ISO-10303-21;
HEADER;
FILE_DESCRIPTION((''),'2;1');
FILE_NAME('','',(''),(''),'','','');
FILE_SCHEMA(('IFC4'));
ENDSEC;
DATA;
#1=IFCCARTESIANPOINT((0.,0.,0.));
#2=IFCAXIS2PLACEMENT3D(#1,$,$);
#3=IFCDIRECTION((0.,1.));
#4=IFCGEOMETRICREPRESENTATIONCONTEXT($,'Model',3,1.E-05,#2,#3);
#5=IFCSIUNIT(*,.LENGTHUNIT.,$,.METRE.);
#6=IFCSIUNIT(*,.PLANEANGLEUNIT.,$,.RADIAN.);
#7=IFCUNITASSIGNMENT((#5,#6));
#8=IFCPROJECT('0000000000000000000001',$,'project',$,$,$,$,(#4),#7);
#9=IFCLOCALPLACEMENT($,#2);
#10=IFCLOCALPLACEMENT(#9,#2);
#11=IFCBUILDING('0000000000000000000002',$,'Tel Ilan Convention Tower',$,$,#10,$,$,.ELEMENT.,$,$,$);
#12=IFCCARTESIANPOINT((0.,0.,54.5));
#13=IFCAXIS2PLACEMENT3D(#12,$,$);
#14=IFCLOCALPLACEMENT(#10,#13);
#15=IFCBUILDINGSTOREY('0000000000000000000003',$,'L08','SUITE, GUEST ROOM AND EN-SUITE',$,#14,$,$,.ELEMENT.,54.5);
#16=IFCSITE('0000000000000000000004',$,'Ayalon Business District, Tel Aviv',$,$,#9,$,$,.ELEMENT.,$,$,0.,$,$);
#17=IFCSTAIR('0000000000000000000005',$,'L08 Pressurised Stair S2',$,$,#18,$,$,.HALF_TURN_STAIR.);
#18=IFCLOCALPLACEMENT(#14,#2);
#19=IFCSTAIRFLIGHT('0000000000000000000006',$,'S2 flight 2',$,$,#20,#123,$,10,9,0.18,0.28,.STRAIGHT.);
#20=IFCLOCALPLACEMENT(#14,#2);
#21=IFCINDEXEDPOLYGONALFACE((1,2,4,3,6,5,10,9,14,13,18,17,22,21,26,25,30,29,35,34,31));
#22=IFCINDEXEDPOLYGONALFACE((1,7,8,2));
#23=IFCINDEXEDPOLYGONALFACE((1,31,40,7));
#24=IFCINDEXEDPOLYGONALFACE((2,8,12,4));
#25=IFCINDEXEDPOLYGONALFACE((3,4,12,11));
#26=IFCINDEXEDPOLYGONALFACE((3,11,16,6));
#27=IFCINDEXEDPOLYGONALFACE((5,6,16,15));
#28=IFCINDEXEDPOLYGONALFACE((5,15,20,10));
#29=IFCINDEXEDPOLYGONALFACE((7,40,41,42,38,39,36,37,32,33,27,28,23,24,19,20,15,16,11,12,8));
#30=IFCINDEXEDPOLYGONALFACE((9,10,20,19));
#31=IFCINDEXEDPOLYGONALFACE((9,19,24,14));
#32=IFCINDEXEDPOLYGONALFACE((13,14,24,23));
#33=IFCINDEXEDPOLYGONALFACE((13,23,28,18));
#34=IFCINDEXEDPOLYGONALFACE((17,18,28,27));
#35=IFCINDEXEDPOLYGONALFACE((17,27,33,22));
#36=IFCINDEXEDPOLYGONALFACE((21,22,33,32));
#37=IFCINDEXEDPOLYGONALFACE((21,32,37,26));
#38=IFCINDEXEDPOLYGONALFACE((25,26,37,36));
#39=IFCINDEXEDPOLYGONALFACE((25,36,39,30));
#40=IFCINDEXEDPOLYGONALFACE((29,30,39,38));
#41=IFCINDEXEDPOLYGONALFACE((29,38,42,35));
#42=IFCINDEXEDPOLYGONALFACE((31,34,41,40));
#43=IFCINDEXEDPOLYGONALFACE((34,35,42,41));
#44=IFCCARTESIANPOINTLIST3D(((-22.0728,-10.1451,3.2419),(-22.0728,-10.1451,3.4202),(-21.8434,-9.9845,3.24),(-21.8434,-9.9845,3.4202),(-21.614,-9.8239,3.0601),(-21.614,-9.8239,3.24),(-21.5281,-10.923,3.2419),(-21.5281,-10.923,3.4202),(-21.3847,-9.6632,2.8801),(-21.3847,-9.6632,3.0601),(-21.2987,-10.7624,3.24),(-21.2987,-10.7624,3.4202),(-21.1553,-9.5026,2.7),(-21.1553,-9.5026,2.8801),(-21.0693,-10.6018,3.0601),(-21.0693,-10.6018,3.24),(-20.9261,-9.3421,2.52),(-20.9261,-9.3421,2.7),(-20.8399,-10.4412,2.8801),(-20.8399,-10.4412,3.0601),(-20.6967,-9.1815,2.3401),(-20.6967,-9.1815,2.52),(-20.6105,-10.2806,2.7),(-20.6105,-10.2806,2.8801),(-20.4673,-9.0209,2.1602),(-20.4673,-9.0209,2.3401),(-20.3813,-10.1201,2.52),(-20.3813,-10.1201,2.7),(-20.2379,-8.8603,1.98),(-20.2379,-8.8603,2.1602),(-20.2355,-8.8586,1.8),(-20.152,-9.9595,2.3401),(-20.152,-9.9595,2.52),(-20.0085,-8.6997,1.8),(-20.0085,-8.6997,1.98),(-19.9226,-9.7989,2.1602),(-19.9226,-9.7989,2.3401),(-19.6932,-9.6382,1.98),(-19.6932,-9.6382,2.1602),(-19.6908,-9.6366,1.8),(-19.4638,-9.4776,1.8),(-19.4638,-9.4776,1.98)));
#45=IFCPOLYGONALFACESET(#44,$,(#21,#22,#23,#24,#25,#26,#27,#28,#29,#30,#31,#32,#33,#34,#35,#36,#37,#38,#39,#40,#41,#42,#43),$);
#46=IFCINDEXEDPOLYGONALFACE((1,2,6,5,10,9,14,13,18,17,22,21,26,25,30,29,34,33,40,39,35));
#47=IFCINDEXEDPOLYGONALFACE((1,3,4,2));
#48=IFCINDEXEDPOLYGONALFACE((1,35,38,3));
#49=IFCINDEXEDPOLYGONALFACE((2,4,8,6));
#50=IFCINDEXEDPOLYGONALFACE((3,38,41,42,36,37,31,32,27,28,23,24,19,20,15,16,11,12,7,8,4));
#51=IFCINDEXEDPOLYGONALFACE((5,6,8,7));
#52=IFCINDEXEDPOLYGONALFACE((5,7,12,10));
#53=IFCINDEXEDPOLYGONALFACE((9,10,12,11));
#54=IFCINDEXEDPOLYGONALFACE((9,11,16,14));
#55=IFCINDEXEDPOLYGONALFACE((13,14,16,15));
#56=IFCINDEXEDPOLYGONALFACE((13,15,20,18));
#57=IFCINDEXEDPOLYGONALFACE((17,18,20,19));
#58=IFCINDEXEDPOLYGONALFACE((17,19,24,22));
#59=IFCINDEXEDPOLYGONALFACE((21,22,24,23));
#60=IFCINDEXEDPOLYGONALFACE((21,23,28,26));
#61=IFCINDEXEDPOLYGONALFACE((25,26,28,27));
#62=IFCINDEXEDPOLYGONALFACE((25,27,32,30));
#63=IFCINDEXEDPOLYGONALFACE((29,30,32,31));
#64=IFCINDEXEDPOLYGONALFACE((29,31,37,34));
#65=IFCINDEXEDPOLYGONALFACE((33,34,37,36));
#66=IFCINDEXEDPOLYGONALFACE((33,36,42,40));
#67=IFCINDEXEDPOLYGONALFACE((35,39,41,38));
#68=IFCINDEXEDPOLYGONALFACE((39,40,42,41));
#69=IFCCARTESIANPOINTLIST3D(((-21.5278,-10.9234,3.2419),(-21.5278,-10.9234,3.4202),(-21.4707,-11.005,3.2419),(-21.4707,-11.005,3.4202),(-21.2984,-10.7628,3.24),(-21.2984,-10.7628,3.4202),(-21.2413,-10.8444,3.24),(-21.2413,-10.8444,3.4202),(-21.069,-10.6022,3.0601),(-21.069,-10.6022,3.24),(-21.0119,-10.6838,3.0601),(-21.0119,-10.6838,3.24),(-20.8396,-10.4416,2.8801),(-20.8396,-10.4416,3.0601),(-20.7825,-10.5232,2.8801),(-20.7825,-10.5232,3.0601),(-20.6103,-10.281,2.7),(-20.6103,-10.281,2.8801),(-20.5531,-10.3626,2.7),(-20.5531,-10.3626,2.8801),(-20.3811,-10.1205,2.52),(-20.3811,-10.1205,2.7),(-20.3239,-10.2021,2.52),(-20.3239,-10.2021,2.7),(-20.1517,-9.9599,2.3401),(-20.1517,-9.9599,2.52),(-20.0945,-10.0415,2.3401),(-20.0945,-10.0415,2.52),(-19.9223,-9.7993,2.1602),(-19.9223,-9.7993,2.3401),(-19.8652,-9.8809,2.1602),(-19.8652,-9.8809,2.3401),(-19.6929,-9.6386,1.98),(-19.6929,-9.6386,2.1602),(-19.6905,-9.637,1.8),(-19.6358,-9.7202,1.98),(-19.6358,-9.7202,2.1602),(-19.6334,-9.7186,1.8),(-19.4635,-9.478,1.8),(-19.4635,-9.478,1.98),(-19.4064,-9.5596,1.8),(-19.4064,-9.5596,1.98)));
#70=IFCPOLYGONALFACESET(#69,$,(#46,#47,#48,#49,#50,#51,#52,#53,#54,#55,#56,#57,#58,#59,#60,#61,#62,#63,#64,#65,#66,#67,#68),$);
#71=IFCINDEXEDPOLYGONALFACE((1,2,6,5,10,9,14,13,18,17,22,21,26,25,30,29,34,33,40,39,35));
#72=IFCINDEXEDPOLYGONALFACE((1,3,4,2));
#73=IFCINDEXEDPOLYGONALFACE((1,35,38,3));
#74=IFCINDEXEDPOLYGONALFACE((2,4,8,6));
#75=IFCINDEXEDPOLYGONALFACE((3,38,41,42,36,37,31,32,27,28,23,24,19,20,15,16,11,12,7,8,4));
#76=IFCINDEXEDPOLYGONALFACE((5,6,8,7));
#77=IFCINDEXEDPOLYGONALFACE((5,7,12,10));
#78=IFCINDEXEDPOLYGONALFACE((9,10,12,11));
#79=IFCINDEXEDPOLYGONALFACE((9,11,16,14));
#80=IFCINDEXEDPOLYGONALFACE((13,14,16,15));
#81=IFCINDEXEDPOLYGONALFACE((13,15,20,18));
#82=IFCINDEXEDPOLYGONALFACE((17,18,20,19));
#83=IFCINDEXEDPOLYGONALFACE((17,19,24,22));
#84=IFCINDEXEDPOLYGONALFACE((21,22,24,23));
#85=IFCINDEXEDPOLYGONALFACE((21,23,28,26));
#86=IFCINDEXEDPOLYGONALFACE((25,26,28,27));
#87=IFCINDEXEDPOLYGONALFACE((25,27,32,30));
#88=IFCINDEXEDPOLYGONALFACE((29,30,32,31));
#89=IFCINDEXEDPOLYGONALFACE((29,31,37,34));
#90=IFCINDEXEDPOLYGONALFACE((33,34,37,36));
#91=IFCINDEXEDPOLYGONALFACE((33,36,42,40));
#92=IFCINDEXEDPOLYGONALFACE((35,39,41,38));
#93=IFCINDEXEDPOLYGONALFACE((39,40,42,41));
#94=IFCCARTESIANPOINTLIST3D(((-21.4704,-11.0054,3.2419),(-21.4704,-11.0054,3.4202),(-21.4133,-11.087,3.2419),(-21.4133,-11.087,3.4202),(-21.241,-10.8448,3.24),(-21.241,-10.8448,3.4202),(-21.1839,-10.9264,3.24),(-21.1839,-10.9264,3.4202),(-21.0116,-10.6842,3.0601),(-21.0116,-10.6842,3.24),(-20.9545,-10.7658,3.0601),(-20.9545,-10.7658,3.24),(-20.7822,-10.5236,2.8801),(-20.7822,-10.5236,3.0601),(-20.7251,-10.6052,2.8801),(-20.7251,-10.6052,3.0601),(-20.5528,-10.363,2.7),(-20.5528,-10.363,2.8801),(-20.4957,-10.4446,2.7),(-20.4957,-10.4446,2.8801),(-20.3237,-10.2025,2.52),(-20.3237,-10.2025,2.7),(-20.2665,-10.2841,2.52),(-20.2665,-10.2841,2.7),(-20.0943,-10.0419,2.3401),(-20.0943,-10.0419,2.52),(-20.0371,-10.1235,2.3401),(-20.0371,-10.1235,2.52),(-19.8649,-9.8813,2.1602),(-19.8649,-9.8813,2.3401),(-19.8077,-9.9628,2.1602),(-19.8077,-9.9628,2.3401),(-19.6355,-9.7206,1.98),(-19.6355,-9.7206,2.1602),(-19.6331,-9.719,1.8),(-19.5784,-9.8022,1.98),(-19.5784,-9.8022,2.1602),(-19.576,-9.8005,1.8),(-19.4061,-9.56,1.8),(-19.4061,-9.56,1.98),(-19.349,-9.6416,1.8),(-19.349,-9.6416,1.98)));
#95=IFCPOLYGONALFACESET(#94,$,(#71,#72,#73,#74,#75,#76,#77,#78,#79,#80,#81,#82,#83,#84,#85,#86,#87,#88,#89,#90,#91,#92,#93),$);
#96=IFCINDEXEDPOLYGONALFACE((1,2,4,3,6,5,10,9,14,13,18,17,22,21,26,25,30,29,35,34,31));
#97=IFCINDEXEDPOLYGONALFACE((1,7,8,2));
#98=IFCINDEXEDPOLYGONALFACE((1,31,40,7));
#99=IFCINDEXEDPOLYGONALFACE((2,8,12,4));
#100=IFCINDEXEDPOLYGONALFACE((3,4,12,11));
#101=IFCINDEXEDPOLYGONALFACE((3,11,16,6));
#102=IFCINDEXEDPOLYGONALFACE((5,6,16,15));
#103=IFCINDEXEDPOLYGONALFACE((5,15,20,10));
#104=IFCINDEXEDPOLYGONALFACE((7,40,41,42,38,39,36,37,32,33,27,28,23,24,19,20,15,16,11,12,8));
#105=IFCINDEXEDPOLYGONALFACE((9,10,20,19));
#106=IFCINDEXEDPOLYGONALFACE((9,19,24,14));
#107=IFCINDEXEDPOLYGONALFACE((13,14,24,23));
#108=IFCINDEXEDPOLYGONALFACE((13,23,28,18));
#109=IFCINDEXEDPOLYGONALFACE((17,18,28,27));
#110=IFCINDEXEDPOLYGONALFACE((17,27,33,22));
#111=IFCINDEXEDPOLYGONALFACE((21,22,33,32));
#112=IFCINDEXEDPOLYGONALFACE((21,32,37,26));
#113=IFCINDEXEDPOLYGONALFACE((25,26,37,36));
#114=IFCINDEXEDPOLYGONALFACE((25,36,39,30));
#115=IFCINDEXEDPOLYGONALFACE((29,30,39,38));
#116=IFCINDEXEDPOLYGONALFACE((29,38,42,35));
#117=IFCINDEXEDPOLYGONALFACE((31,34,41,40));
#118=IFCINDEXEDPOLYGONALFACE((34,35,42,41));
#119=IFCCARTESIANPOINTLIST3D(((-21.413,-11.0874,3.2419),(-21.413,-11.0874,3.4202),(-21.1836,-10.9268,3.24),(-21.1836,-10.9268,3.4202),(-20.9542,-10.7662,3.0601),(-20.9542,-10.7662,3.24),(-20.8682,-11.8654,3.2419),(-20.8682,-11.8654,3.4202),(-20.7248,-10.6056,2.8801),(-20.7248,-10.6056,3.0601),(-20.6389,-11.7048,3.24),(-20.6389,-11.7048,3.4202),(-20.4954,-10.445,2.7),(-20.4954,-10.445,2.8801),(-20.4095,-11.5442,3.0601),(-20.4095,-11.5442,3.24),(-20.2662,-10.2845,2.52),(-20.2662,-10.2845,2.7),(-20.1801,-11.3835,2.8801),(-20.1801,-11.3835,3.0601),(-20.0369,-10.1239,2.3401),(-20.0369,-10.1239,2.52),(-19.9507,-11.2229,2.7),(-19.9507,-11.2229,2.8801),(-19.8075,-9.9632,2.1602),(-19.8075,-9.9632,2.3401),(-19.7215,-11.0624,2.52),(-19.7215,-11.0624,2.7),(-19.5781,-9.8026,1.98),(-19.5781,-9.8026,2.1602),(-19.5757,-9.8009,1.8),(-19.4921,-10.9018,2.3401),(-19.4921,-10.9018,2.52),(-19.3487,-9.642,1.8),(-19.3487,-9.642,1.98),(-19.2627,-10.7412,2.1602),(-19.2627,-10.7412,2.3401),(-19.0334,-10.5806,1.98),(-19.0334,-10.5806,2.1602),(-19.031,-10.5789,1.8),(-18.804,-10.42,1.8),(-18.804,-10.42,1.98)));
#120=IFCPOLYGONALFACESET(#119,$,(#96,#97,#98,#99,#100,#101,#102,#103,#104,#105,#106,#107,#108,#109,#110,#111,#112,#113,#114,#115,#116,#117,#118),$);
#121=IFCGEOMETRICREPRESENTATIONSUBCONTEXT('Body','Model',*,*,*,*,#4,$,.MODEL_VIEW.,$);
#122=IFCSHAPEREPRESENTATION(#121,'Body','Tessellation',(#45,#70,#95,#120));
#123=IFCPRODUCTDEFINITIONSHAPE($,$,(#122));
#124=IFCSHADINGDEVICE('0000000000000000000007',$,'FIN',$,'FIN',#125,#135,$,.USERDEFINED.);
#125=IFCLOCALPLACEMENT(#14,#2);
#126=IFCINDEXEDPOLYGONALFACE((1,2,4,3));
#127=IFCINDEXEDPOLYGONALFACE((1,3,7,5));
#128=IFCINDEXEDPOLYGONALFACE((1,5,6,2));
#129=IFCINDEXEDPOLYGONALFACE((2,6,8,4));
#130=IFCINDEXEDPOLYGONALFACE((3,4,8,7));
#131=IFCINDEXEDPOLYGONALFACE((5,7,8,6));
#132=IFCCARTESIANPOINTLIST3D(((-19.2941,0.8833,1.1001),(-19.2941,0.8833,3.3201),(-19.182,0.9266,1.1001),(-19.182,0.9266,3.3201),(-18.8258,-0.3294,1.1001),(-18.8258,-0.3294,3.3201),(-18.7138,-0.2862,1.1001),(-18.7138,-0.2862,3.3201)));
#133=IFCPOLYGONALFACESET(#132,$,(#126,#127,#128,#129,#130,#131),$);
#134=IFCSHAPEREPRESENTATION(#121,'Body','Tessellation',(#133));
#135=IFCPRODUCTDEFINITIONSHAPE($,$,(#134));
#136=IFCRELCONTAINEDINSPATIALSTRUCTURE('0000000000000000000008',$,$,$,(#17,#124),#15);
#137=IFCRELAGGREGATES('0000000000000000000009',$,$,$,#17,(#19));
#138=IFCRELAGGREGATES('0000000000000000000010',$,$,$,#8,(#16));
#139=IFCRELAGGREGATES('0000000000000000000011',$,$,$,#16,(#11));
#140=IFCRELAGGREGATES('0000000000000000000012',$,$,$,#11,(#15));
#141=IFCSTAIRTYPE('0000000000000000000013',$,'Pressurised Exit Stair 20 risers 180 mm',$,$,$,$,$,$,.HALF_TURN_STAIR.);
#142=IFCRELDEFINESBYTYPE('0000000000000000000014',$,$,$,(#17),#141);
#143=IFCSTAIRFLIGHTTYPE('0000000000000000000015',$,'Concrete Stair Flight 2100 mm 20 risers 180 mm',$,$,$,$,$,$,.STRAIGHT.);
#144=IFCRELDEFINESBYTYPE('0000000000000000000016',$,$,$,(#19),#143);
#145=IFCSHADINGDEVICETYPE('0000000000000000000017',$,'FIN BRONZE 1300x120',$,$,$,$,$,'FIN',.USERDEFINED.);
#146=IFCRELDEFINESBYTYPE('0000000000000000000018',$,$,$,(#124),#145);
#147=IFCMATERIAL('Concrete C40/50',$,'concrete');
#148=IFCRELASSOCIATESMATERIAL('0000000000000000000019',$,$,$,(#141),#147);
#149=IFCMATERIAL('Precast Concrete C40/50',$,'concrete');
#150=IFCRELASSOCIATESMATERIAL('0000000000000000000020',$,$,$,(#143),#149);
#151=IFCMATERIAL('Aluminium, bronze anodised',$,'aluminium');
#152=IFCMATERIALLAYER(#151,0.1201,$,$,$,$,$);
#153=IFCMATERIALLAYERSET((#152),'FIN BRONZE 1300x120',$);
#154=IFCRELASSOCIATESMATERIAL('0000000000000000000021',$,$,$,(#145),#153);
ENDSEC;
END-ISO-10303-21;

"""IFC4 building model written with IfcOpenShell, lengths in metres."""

from ifc_helpers import new_model, si_unit, direction, frame, origin, origin_2d, place, context, subcontext, project, spatial, polyline, rectangle, outline, extrude, material, layer, layer_set, type_object, element, aggregate, save


model = new_model("IFC4")

# Units and contexts
model_context = context("Model", 3, precision=1e-05, world=origin(), true_north=direction((0.0, 1.0)))
body_context = subcontext(model_context, "Body", "Model", "MODEL_VIEW")
ifc_project = project(units=[si_unit("LENGTHUNIT", "METRE"), si_unit("PLANEANGLEUNIT", "RADIAN")], contexts=[model_context])

# Site, building, storey
site_placement = place(None, origin())
site = spatial("IfcSite", under=ifc_project, at=site_placement, Name="Ayalon Business District, Tel Aviv", CompositionType="ELEMENT", RefElevation=0.0)
building_placement = place(site_placement, origin())
building = spatial("IfcBuilding", under=site, at=building_placement, Name="Tel Ilan Convention Tower", CompositionType="ELEMENT")
storey_placement = place(building_placement, frame((0.0, 0.0, 54.5)))
storey = spatial("IfcBuildingStorey", under=building, at=storey_placement, Name="L08", Description="SUITE, GUEST ROOM AND EN-SUITE", CompositionType="ELEMENT", Elevation=54.5)

# Shared definitions
ifc_material_1 = material(Name="Concrete C40/50", Category="concrete")
stair_type = type_object("IfcStairType", Name="Pressurised Exit Stair 20 risers 180 mm", PredefinedType="HALF_TURN_STAIR", material=ifc_material_1)
ifc_material_2 = material(Name="Precast Concrete C40/50", Category="concrete")
stair_flight_type = type_object("IfcStairFlightType", Name="Concrete Stair Flight 2100 mm 20 risers 180 mm", PredefinedType="STRAIGHT", material=ifc_material_2)

# Stair, stair flight
stair_1_placement = place(storey_placement, origin())
stair_1 = element("IfcStair", 1, at=stair_1_placement, inside=storey, type_object=stair_type, Name="L08 Pressurised Stair S2", PredefinedType="HALF_TURN_STAIR")
stair_flight_1_placement = place(storey_placement, frame((-19.4062, -9.5598, 1.8), z_axis=(0.0, 0.0, 1.0), x_axis=(-0.819152, -0.573576, 0.0)))
stair_flight_1 = element("IfcStairFlight", 2, at=stair_flight_1_placement, type_object=stair_flight_type, Name="S2 flight 2", NumberOfRisers=10, NumberOfTreads=9, PredefinedType="STRAIGHT", RiserHeight=0.18, TreadLength=0.28, context=body_context, shape_type="SweptSolid", body=[
    extrude(outline(polyline([(0.0, 0.0), (0.0, 0.1799), (0.28, 0.1799), (0.28, 0.3601), (0.5601, 0.3601), (0.5601, 0.54), (0.8401, 0.54), (0.8401, 0.72), (1.1201, 0.72), (1.1201, 0.8999), (1.3999, 0.8999), (1.3999, 1.0801), (1.6799, 1.0801), (1.6799, 1.26), (1.96, 1.26), (1.96, 1.4399), (2.24, 1.4399), (2.24, 1.6201), (2.52, 1.6201), (2.52, 1.8), (2.52, 1.4419), (0.2771, 0.0), (0.0, 0.0)])), frame((0.0, -0.1003, 0.0), z_axis=(0.0, -1.0, 0.0), x_axis=(1.0, 0.0, 0.0)), (0.0, 0.0, 1.0), 0.9497),
    extrude(outline(polyline([(0.0, 0.0), (0.0, 0.1799), (0.28, 0.1799), (0.28, 0.3601), (0.5601, 0.3601), (0.5601, 0.54), (0.8401, 0.54), (0.8401, 0.72), (1.1201, 0.72), (1.1201, 0.8999), (1.3999, 0.8999), (1.3999, 1.0801), (1.6799, 1.0801), (1.6799, 1.26), (1.96, 1.26), (1.96, 1.4399), (2.24, 1.4399), (2.24, 1.6201), (2.52, 1.6201), (2.52, 1.8), (2.52, 1.4419), (0.2771, 0.0), (0.0, 0.0)])), frame((0.0, -0.0002, 0.0), z_axis=(0.0, -1.0, 0.0), x_axis=(1.0, 0.0, 0.0)), (0.0, 0.0, 1.0), 0.0996),
    extrude(outline(polyline([(0.0, 0.0), (0.0, 0.1799), (0.28, 0.1799), (0.28, 0.3601), (0.5601, 0.3601), (0.5601, 0.54), (0.8401, 0.54), (0.8401, 0.72), (1.1201, 0.72), (1.1201, 0.8999), (1.3999, 0.8999), (1.3999, 1.0801), (1.6799, 1.0801), (1.6799, 1.26), (1.96, 1.26), (1.96, 1.4399), (2.24, 1.4399), (2.24, 1.6201), (2.52, 1.6201), (2.52, 1.8), (2.52, 1.4419), (0.2771, 0.0), (0.0, 0.0)])), frame((0.0, 0.0999, 0.0), z_axis=(0.0, -1.0, 0.0), x_axis=(1.0, 0.0, 0.0)), (0.0, 0.0, 1.0), 0.0996),
    extrude(outline(polyline([(0.0, 0.0), (0.0, 0.1799), (0.28, 0.1799), (0.28, 0.3601), (0.5601, 0.3601), (0.5601, 0.54), (0.8401, 0.54), (0.8401, 0.72), (1.1201, 0.72), (1.1201, 0.8999), (1.3999, 0.8999), (1.3999, 1.0801), (1.6799, 1.0801), (1.6799, 1.26), (1.96, 1.26), (1.96, 1.4399), (2.24, 1.4399), (2.24, 1.6201), (2.52, 1.6201), (2.52, 1.8), (2.52, 1.4419), (0.2771, 0.0), (0.0, 0.0)])), frame((0.0, 1.05, 0.0), z_axis=(0.0, -1.0, 0.0), x_axis=(1.0, 0.0, 0.0)), (0.0, 0.0, 1.0), 0.9497),
])
aggregate(stair_1, [stair_flight_1])

# Shading device
ifc_material_3 = material(Name="Aluminium, bronze anodised", Category="aluminium")
ifc_layer_1 = layer(ifc_material_3, 0.1201)
ifc_layer_set_1 = layer_set([ifc_layer_1], Name="FIN BRONZE 1300x120")
shading_device_type = type_object("IfcShadingDeviceType", Name="FIN BRONZE 1300x120", ElementType="FIN", PredefinedType="USERDEFINED", material=ifc_layer_set_1)
shading_device_placement = place(storey_placement, frame((-19.0039, 0.2986, 1.1001), z_axis=(0.0, 0.0, 1.0), x_axis=(-0.360178, 0.932884, 0.0)))
element("IfcShadingDevice", 3, at=shading_device_placement, inside=storey, type_object=shading_device_type, Name="FIN", ObjectType="FIN", PredefinedType="USERDEFINED", context=body_context, shape_type="SweptSolid", body=[
    extrude(rectangle(XDim=1.3, YDim=0.1201, at=origin_2d()), origin(), (0.0, 0.0, 1.0), 2.22),
])

save(model, "model.ifc")
